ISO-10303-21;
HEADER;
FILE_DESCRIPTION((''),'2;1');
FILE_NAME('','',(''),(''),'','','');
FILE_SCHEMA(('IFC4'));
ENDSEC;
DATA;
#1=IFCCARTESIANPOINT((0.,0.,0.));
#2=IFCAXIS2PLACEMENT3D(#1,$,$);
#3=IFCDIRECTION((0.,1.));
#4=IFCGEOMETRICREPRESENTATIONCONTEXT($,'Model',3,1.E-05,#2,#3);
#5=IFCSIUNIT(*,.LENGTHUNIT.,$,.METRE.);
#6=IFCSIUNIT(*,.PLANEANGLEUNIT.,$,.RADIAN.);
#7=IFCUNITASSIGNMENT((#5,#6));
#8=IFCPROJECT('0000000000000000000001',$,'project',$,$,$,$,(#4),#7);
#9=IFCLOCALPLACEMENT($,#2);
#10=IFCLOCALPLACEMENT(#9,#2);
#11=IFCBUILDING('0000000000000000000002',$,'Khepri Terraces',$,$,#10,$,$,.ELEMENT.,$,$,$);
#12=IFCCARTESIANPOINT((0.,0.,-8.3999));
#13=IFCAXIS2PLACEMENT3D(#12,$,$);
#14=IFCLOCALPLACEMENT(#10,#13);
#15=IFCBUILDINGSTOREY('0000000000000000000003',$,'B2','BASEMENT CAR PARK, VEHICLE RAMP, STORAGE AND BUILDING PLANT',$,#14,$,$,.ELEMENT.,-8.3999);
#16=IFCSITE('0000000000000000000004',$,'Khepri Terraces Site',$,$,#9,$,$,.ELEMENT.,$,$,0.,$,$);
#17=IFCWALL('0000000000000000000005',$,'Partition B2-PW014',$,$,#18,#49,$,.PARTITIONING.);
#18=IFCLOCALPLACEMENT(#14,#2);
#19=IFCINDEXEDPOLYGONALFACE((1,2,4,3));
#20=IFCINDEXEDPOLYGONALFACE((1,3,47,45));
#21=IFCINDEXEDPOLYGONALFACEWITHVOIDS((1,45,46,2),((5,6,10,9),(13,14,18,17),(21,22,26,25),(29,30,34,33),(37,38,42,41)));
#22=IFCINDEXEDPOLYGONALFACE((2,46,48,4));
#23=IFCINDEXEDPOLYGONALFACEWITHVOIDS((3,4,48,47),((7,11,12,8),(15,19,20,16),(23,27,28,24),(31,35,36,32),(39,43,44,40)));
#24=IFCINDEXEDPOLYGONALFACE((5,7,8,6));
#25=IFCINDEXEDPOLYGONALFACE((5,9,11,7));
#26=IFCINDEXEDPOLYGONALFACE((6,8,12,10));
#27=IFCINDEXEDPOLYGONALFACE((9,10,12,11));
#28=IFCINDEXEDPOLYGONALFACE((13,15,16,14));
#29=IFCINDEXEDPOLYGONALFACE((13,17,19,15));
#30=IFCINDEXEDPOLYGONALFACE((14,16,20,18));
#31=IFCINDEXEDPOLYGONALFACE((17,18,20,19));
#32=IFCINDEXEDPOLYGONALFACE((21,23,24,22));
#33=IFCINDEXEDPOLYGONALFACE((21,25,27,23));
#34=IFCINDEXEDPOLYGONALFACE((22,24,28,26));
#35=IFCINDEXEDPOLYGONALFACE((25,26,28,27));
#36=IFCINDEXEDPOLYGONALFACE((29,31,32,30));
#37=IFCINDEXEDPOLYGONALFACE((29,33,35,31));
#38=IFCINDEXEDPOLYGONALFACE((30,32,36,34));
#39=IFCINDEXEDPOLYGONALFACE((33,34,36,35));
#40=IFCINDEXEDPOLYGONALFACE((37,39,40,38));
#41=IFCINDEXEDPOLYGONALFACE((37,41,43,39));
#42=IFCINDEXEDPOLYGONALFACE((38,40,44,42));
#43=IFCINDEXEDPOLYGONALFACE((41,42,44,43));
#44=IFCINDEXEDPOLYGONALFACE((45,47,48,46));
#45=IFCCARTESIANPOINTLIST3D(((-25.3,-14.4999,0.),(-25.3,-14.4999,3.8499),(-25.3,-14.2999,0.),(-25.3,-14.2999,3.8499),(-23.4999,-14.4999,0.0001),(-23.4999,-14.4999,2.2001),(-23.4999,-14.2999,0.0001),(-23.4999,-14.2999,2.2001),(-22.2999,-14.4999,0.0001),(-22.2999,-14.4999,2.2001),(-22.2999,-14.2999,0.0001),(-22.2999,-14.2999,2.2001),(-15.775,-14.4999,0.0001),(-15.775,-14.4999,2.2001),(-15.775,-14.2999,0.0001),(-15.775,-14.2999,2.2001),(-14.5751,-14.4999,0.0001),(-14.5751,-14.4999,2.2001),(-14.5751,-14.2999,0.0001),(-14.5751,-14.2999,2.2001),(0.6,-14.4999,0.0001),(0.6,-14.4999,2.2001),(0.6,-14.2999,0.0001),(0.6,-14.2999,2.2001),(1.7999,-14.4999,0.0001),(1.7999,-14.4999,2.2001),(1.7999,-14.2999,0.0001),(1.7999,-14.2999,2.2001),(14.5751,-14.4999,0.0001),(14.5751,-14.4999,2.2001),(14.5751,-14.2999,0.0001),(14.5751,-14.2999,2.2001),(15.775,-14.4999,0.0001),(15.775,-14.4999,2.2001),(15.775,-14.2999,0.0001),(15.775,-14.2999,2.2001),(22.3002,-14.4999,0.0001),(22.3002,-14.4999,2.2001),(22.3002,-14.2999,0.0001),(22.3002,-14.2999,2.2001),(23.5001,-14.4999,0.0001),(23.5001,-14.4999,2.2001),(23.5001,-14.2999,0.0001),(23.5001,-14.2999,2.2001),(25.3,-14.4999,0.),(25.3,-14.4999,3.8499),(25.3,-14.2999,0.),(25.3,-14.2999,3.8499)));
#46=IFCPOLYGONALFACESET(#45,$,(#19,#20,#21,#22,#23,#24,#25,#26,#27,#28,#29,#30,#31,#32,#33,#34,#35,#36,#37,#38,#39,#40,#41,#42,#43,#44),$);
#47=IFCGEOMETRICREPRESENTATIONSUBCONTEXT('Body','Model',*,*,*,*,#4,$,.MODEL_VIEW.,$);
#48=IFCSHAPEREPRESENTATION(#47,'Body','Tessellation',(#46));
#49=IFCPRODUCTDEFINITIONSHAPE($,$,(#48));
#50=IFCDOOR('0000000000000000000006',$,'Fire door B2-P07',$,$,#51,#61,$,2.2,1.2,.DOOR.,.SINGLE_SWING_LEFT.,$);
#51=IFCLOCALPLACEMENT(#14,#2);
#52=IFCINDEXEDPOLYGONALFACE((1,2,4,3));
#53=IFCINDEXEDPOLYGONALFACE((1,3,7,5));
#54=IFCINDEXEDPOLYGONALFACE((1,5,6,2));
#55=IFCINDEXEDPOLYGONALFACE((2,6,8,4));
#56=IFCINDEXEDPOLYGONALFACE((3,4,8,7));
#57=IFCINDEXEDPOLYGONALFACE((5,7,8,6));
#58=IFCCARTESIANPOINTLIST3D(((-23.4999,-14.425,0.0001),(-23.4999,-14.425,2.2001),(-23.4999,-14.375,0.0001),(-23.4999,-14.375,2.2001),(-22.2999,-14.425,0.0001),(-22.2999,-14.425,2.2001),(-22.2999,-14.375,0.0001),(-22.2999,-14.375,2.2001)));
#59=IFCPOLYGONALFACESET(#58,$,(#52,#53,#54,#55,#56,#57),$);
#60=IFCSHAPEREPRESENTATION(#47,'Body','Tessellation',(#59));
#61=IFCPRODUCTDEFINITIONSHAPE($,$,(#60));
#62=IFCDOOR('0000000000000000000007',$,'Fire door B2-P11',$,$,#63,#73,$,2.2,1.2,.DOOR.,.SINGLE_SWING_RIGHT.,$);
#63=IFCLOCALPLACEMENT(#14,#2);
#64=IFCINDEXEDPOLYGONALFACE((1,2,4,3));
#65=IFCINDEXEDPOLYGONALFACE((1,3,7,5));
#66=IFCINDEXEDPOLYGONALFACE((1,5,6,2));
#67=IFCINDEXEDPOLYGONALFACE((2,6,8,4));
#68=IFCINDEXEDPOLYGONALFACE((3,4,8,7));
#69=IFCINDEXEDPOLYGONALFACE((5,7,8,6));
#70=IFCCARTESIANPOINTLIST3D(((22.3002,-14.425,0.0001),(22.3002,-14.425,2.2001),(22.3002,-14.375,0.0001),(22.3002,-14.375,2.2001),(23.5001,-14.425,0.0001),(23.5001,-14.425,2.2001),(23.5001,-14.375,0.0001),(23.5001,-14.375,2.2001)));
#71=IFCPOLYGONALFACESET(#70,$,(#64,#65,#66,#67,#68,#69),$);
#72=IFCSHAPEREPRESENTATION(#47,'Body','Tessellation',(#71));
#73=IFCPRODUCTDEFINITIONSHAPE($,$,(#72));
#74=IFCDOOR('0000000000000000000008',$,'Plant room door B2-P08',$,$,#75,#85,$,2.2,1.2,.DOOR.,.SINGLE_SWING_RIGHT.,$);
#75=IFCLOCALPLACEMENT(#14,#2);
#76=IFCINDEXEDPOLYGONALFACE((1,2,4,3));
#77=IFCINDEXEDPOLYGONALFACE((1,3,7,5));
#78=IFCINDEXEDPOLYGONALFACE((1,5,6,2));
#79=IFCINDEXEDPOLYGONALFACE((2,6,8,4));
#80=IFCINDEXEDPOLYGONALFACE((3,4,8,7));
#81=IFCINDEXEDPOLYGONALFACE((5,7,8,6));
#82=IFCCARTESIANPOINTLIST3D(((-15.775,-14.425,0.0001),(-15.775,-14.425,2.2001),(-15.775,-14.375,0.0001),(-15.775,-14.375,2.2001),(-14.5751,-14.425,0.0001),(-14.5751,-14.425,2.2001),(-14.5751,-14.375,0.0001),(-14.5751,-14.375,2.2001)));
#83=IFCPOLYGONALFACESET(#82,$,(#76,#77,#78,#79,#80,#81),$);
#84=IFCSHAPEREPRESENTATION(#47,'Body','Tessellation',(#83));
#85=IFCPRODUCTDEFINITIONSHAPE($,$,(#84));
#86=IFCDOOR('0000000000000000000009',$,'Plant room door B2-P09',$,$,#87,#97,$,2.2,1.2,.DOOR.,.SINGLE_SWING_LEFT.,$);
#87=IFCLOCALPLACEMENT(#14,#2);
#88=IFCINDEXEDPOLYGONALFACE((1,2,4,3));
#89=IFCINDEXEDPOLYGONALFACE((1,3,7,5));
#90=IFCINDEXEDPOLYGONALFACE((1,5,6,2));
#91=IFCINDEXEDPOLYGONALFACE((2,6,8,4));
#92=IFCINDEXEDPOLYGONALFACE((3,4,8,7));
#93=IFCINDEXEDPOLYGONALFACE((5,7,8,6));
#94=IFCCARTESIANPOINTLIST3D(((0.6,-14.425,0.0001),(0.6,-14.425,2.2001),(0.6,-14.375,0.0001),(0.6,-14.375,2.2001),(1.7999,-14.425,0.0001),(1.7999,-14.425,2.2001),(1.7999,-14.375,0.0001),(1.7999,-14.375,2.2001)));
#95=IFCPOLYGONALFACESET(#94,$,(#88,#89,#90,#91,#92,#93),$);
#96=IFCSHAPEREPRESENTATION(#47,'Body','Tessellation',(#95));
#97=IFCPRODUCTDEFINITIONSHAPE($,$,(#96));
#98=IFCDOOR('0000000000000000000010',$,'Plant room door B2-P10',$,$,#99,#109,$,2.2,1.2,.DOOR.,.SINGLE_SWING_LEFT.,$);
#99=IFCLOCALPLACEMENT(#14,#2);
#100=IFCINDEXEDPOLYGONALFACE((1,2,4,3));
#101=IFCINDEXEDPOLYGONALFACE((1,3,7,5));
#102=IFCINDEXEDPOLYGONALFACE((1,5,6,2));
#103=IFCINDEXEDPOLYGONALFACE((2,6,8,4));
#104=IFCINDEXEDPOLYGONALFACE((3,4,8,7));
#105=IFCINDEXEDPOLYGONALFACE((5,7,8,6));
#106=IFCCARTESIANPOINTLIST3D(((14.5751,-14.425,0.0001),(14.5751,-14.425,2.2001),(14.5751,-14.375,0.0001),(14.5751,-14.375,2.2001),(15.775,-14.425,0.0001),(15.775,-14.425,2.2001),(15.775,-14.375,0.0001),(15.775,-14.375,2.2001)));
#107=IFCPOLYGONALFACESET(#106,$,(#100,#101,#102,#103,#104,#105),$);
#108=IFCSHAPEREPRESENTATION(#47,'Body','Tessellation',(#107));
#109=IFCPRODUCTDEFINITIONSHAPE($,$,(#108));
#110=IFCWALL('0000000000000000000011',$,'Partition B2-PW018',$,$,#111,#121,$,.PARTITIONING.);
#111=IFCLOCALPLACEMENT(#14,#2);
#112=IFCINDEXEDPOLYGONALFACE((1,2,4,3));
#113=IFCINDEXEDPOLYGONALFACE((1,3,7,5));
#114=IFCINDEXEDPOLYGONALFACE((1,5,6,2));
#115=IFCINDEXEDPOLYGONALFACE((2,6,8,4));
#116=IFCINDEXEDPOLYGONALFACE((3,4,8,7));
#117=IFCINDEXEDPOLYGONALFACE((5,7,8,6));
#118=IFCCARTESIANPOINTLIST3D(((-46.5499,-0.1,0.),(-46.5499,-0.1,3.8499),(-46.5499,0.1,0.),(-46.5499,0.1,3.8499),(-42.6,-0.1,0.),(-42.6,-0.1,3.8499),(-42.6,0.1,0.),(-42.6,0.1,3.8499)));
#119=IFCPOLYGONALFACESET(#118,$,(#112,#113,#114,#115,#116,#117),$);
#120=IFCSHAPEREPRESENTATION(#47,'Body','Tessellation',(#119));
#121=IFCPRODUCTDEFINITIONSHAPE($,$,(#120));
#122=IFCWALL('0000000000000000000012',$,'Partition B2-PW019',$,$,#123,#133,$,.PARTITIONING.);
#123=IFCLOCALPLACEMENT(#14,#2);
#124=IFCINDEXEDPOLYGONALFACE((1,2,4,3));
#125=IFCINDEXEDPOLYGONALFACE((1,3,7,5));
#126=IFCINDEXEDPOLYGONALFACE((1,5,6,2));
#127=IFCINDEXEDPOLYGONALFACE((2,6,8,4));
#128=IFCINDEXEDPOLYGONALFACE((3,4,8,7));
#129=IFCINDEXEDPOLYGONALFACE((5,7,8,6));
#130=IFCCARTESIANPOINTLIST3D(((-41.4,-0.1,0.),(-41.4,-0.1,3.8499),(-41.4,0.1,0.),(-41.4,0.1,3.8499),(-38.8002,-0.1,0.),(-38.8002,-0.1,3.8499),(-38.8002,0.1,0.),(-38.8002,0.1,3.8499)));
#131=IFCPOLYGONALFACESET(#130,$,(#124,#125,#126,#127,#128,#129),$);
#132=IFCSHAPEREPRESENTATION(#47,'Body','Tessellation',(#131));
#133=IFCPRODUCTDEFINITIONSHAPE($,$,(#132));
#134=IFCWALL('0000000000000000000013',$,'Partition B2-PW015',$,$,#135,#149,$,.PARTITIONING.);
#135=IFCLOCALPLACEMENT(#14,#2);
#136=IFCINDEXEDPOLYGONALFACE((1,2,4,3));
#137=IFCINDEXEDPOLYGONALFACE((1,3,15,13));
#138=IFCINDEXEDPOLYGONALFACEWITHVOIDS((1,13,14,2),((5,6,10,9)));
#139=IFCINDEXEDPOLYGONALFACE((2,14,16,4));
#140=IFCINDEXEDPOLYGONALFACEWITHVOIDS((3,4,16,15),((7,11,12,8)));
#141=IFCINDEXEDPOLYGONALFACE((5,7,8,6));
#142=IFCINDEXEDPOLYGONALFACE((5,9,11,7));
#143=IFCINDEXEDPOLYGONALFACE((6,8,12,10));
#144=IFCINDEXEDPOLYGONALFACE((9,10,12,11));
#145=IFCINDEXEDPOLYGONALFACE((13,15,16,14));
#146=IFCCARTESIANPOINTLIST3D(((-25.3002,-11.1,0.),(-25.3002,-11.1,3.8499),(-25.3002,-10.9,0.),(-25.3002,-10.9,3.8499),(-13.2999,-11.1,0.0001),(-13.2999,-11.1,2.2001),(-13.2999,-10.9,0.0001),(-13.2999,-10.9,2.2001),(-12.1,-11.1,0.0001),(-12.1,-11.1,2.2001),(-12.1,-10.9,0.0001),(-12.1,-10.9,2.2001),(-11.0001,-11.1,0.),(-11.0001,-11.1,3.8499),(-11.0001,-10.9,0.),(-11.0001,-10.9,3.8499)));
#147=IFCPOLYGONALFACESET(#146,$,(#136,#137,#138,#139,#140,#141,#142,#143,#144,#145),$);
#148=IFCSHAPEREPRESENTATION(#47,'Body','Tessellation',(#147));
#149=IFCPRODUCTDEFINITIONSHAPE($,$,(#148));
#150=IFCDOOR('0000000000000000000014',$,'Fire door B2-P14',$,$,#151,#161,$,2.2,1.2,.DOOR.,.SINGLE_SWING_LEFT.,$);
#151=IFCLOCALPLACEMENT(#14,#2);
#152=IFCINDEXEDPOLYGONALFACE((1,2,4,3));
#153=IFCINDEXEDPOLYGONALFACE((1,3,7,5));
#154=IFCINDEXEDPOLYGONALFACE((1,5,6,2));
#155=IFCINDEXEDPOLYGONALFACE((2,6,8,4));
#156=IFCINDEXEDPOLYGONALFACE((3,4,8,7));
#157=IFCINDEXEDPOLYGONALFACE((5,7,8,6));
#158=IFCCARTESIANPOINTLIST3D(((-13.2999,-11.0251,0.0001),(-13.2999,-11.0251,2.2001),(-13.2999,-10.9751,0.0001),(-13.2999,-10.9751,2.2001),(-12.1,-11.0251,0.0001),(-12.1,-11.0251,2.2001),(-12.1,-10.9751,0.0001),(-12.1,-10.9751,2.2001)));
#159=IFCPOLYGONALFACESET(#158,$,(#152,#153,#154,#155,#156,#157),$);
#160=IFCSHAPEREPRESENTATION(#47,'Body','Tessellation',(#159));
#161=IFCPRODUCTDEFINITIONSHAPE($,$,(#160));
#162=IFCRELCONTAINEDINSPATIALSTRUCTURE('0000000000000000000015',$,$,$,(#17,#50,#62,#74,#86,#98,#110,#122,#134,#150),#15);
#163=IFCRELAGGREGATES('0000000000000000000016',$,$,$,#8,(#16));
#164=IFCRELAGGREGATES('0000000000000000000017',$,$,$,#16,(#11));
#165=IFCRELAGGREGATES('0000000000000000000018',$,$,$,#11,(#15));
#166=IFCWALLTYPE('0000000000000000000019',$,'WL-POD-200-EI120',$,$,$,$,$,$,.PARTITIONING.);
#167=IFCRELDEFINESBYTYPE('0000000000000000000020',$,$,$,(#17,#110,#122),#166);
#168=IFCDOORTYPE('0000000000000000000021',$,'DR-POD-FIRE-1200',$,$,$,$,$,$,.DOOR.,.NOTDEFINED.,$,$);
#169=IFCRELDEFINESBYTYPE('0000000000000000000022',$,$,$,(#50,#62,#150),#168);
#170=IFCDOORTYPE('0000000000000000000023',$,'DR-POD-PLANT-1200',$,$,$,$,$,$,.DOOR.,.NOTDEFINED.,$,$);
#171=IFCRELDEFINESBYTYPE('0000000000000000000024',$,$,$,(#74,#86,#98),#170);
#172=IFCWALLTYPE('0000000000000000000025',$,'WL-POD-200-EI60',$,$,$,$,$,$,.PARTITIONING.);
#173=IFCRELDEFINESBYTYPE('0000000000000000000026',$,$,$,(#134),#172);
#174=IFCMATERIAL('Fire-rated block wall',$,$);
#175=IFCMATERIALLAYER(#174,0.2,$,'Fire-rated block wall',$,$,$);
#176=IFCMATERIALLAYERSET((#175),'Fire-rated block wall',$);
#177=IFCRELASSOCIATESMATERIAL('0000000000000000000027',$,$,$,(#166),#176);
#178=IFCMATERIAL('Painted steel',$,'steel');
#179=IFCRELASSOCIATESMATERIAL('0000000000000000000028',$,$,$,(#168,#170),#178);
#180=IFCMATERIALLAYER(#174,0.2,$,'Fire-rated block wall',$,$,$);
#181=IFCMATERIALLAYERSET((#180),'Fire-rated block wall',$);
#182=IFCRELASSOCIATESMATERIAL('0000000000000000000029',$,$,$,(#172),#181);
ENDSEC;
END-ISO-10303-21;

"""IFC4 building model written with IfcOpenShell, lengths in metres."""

from ifc_helpers import new_model, si_unit, direction, frame, frame_2d, origin, place, context, subcontext, project, spatial, rectangle, extrude, material, layer, layer_set, type_object, element, fill, save


model = new_model("IFC4")

# Units and contexts
model_context = context("Model", 3, precision=1e-05, world=origin(), true_north=direction((0.0, 1.0)))
body_context = subcontext(model_context, "Body", "Model", "MODEL_VIEW")
ifc_project = project(units=[si_unit("LENGTHUNIT", "METRE"), si_unit("PLANEANGLEUNIT", "RADIAN")], contexts=[model_context])

# Site, building, storey
site_placement = place(None, origin())
site = spatial("IfcSite", under=ifc_project, at=site_placement, Name="Khepri Terraces Site", CompositionType="ELEMENT", RefElevation=0.0)
building_placement = place(site_placement, origin())
building = spatial("IfcBuilding", under=site, at=building_placement, Name="Khepri Terraces", CompositionType="ELEMENT")
storey_placement = place(building_placement, frame((0.0, 0.0, -8.3999)))
storey = spatial("IfcBuildingStorey", under=building, at=storey_placement, Name="B2", Description="BASEMENT CAR PARK, VEHICLE RAMP, STORAGE AND BUILDING PLANT", CompositionType="ELEMENT", Elevation=-8.3999)

# Shared definitions
ifc_material_1 = material(Name="Fire-rated block wall")
ifc_layer_1 = layer(ifc_material_1, 0.2, Name="Fire-rated block wall")
ifc_layer_set_1 = layer_set([ifc_layer_1], Name="Fire-rated block wall")
wall_type_1 = type_object("IfcWallType", Name="WL-POD-200-EI120", PredefinedType="PARTITIONING", material=ifc_layer_set_1)

# Wall, openings, doors
wall_1_placement = place(storey_placement, frame((-25.3, -14.3999, 0.0), z_axis=(0.0, 0.0, 1.0), x_axis=(1.0, 0.0, 0.0)))
wall_1 = element("IfcWall", 1, at=wall_1_placement, inside=storey, type_object=wall_type_1, Name="Partition B2-PW014", PredefinedType="PARTITIONING", context=body_context, shape_type="SweptSolid", body=[
    extrude(rectangle(XDim=50.6001, YDim=0.2, at=frame_2d((25.3, 0.0))), origin(), (0.0, 0.0, 1.0), 3.8499),
])
opening_1_placement = place(wall_1_placement, frame((1.8, 0.0, 0.0)))
opening_1 = element("IfcOpeningElement", 2, at=opening_1_placement, cuts=wall_1, PredefinedType="OPENING", context=body_context, shape_type="SweptSolid", body=[
    extrude(rectangle(XDim=1.2, YDim=2.2, at=frame_2d((0.6001, 1.1001))), frame((0.0, 0.1099, 0.0), z_axis=(0.0, -1.0, 0.0), x_axis=(1.0, 0.0, 0.0)), (0.0, 0.0, 1.0), 0.22),
])
opening_2_placement = place(wall_1_placement, frame((9.5249, 0.0, 0.0)))
opening_2 = element("IfcOpeningElement", 3, at=opening_2_placement, cuts=wall_1, PredefinedType="OPENING", context=body_context, shape_type="SweptSolid", body=[
    extrude(rectangle(XDim=1.2, YDim=2.2, at=frame_2d((0.6001, 1.1001))), frame((0.0, 0.1099, 0.0), z_axis=(0.0, -1.0, 0.0), x_axis=(1.0, 0.0, 0.0)), (0.0, 0.0, 1.0), 0.22),
])
opening_3_placement = place(wall_1_placement, frame((25.8999, 0.0, 0.0)))
opening_3 = element("IfcOpeningElement", 4, at=opening_3_placement, cuts=wall_1, PredefinedType="OPENING", context=body_context, shape_type="SweptSolid", body=[
    extrude(rectangle(XDim=1.2, YDim=2.2, at=frame_2d((0.6001, 1.1001))), frame((0.0, 0.1099, 0.0), z_axis=(0.0, -1.0, 0.0), x_axis=(1.0, 0.0, 0.0)), (0.0, 0.0, 1.0), 0.22),
])
opening_4_placement = place(wall_1_placement, frame((39.875, 0.0, 0.0)))
opening_4 = element("IfcOpeningElement", 5, at=opening_4_placement, cuts=wall_1, PredefinedType="OPENING", context=body_context, shape_type="SweptSolid", body=[
    extrude(rectangle(XDim=1.2, YDim=2.2, at=frame_2d((0.6001, 1.1001))), frame((0.0, 0.1099, 0.0), z_axis=(0.0, -1.0, 0.0), x_axis=(1.0, 0.0, 0.0)), (0.0, 0.0, 1.0), 0.22),
])
opening_5_placement = place(wall_1_placement, frame((47.6001, 0.0, 0.0)))
opening_5 = element("IfcOpeningElement", 6, at=opening_5_placement, cuts=wall_1, PredefinedType="OPENING", context=body_context, shape_type="SweptSolid", body=[
    extrude(rectangle(XDim=1.2, YDim=2.2, at=frame_2d((0.6001, 1.1001))), frame((0.0, 0.1099, 0.0), z_axis=(0.0, -1.0, 0.0), x_axis=(1.0, 0.0, 0.0)), (0.0, 0.0, 1.0), 0.22),
])
ifc_material_2 = material(Name="Painted steel", Category="steel")
door_type_1 = type_object("IfcDoorType", Name="DR-POD-FIRE-1200", OperationType="NOTDEFINED", PredefinedType="DOOR", material=ifc_material_2)
door_1_placement = place(opening_1_placement, origin())
door_1 = element("IfcDoor", 7, at=door_1_placement, inside=storey, type_object=door_type_1, Name="Fire door B2-P07", OperationType="SINGLE_SWING_LEFT", OverallHeight=2.2, OverallWidth=1.2, PredefinedType="DOOR", context=body_context, shape_type="SweptSolid", body=[
    extrude(rectangle(XDim=1.2, YDim=2.2, at=frame_2d((0.6001, 1.1001))), frame((0.0, 0.0249, 0.0), z_axis=(0.0, -1.0, 0.0), x_axis=(1.0, 0.0, 0.0)), (0.0, 0.0, 1.0), 0.05),
])
fill(opening_1, door_1)
door_2_placement = place(opening_5_placement, origin())
door_2 = element("IfcDoor", 8, at=door_2_placement, inside=storey, type_object=door_type_1, Name="Fire door B2-P11", OperationType="SINGLE_SWING_RIGHT", OverallHeight=2.2, OverallWidth=1.2, PredefinedType="DOOR", context=body_context, shape_type="SweptSolid", body=[
    extrude(rectangle(XDim=1.2, YDim=2.2, at=frame_2d((0.6001, 1.1001))), frame((0.0, 0.0249, 0.0), z_axis=(0.0, -1.0, 0.0), x_axis=(1.0, 0.0, 0.0)), (0.0, 0.0, 1.0), 0.05),
])
fill(opening_5, door_2)
door_type_2 = type_object("IfcDoorType", Name="DR-POD-PLANT-1200", OperationType="NOTDEFINED", PredefinedType="DOOR", material=ifc_material_2)
door_3_placement = place(opening_2_placement, origin())
door_3 = element("IfcDoor", 9, at=door_3_placement, inside=storey, type_object=door_type_2, Name="Plant room door B2-P08", OperationType="SINGLE_SWING_RIGHT", OverallHeight=2.2, OverallWidth=1.2, PredefinedType="DOOR", context=body_context, shape_type="SweptSolid", body=[
    extrude(rectangle(XDim=1.2, YDim=2.2, at=frame_2d((0.6001, 1.1001))), frame((0.0, 0.0249, 0.0), z_axis=(0.0, -1.0, 0.0), x_axis=(1.0, 0.0, 0.0)), (0.0, 0.0, 1.0), 0.05),
])
fill(opening_2, door_3)
door_4_placement = place(opening_3_placement, origin())
door_4 = element("IfcDoor", 10, at=door_4_placement, inside=storey, type_object=door_type_2, Name="Plant room door B2-P09", OperationType="SINGLE_SWING_LEFT", OverallHeight=2.2, OverallWidth=1.2, PredefinedType="DOOR", context=body_context, shape_type="SweptSolid", body=[
    extrude(rectangle(XDim=1.2, YDim=2.2, at=frame_2d((0.6001, 1.1001))), frame((0.0, 0.0249, 0.0), z_axis=(0.0, -1.0, 0.0), x_axis=(1.0, 0.0, 0.0)), (0.0, 0.0, 1.0), 0.05),
])
fill(opening_3, door_4)
door_5_placement = place(opening_4_placement, origin())
door_5 = element("IfcDoor", 11, at=door_5_placement, inside=storey, type_object=door_type_2, Name="Plant room door B2-P10", OperationType="SINGLE_SWING_LEFT", OverallHeight=2.2, OverallWidth=1.2, PredefinedType="DOOR", context=body_context, shape_type="SweptSolid", body=[
    extrude(rectangle(XDim=1.2, YDim=2.2, at=frame_2d((0.6001, 1.1001))), frame((0.0, 0.0249, 0.0), z_axis=(0.0, -1.0, 0.0), x_axis=(1.0, 0.0, 0.0)), (0.0, 0.0, 1.0), 0.05),
])
fill(opening_4, door_5)

# Walls
wall_2_placement = place(storey_placement, frame((-46.55, 0.0, 0.0), z_axis=(0.0, 0.0, 1.0), x_axis=(1.0, 0.0, 0.0)))
element("IfcWall", 12, at=wall_2_placement, inside=storey, type_object=wall_type_1, Name="Partition B2-PW018", PredefinedType="PARTITIONING", context=body_context, shape_type="SweptSolid", body=[
    extrude(rectangle(XDim=3.95, YDim=0.2, at=frame_2d((1.9751, 0.0))), origin(), (0.0, 0.0, 1.0), 3.8499),
])
wall_3_placement = place(storey_placement, frame((-41.3999, 0.0, 0.0), z_axis=(0.0, 0.0, 1.0), x_axis=(1.0, 0.0, 0.0)))
element("IfcWall", 13, at=wall_3_placement, inside=storey, type_object=wall_type_1, Name="Partition B2-PW019", PredefinedType="PARTITIONING", context=body_context, shape_type="SweptSolid", body=[
    extrude(rectangle(XDim=2.5999, YDim=0.2, at=frame_2d((1.2998, 0.0))), origin(), (0.0, 0.0, 1.0), 3.8499),
])

# Wall, opening, door
ifc_layer_2 = layer(ifc_material_1, 0.2, Name="Fire-rated block wall")
ifc_layer_set_2 = layer_set([ifc_layer_2], Name="Fire-rated block wall")
wall_type_2 = type_object("IfcWallType", Name="WL-POD-200-EI60", PredefinedType="PARTITIONING", material=ifc_layer_set_2)
wall_4_placement = place(storey_placement, frame((-25.3, -11.0, 0.0), z_axis=(0.0, 0.0, 1.0), x_axis=(1.0, 0.0, 0.0)))
wall_4 = element("IfcWall", 14, at=wall_4_placement, inside=storey, type_object=wall_type_2, Name="Partition B2-PW015", PredefinedType="PARTITIONING", context=body_context, shape_type="SweptSolid", body=[
    extrude(rectangle(XDim=14.3, YDim=0.2, at=frame_2d((7.1499, 0.0))), origin(), (0.0, 0.0, 1.0), 3.8499),
])
opening_6_placement = place(wall_4_placement, frame((12.0, 0.0, 0.0)))
opening_6 = element("IfcOpeningElement", 15, at=opening_6_placement, cuts=wall_4, PredefinedType="OPENING", context=body_context, shape_type="SweptSolid", body=[
    extrude(rectangle(XDim=1.2, YDim=2.2, at=frame_2d((0.6001, 1.1001))), frame((0.0, 0.1099, 0.0), z_axis=(0.0, -1.0, 0.0), x_axis=(1.0, 0.0, 0.0)), (0.0, 0.0, 1.0), 0.22),
])
door_6_placement = place(opening_6_placement, origin())
door_6 = element("IfcDoor", 16, at=door_6_placement, inside=storey, type_object=door_type_1, Name="Fire door B2-P14", OperationType="SINGLE_SWING_LEFT", OverallHeight=2.2, OverallWidth=1.2, PredefinedType="DOOR", context=body_context, shape_type="SweptSolid", body=[
    extrude(rectangle(XDim=1.2, YDim=2.2, at=frame_2d((0.6001, 1.1001))), frame((0.0, 0.0249, 0.0), z_axis=(0.0, -1.0, 0.0), x_axis=(1.0, 0.0, 0.0)), (0.0, 0.0, 1.0), 0.05),
])
fill(opening_6, door_6)

save(model, "model.ifc")
